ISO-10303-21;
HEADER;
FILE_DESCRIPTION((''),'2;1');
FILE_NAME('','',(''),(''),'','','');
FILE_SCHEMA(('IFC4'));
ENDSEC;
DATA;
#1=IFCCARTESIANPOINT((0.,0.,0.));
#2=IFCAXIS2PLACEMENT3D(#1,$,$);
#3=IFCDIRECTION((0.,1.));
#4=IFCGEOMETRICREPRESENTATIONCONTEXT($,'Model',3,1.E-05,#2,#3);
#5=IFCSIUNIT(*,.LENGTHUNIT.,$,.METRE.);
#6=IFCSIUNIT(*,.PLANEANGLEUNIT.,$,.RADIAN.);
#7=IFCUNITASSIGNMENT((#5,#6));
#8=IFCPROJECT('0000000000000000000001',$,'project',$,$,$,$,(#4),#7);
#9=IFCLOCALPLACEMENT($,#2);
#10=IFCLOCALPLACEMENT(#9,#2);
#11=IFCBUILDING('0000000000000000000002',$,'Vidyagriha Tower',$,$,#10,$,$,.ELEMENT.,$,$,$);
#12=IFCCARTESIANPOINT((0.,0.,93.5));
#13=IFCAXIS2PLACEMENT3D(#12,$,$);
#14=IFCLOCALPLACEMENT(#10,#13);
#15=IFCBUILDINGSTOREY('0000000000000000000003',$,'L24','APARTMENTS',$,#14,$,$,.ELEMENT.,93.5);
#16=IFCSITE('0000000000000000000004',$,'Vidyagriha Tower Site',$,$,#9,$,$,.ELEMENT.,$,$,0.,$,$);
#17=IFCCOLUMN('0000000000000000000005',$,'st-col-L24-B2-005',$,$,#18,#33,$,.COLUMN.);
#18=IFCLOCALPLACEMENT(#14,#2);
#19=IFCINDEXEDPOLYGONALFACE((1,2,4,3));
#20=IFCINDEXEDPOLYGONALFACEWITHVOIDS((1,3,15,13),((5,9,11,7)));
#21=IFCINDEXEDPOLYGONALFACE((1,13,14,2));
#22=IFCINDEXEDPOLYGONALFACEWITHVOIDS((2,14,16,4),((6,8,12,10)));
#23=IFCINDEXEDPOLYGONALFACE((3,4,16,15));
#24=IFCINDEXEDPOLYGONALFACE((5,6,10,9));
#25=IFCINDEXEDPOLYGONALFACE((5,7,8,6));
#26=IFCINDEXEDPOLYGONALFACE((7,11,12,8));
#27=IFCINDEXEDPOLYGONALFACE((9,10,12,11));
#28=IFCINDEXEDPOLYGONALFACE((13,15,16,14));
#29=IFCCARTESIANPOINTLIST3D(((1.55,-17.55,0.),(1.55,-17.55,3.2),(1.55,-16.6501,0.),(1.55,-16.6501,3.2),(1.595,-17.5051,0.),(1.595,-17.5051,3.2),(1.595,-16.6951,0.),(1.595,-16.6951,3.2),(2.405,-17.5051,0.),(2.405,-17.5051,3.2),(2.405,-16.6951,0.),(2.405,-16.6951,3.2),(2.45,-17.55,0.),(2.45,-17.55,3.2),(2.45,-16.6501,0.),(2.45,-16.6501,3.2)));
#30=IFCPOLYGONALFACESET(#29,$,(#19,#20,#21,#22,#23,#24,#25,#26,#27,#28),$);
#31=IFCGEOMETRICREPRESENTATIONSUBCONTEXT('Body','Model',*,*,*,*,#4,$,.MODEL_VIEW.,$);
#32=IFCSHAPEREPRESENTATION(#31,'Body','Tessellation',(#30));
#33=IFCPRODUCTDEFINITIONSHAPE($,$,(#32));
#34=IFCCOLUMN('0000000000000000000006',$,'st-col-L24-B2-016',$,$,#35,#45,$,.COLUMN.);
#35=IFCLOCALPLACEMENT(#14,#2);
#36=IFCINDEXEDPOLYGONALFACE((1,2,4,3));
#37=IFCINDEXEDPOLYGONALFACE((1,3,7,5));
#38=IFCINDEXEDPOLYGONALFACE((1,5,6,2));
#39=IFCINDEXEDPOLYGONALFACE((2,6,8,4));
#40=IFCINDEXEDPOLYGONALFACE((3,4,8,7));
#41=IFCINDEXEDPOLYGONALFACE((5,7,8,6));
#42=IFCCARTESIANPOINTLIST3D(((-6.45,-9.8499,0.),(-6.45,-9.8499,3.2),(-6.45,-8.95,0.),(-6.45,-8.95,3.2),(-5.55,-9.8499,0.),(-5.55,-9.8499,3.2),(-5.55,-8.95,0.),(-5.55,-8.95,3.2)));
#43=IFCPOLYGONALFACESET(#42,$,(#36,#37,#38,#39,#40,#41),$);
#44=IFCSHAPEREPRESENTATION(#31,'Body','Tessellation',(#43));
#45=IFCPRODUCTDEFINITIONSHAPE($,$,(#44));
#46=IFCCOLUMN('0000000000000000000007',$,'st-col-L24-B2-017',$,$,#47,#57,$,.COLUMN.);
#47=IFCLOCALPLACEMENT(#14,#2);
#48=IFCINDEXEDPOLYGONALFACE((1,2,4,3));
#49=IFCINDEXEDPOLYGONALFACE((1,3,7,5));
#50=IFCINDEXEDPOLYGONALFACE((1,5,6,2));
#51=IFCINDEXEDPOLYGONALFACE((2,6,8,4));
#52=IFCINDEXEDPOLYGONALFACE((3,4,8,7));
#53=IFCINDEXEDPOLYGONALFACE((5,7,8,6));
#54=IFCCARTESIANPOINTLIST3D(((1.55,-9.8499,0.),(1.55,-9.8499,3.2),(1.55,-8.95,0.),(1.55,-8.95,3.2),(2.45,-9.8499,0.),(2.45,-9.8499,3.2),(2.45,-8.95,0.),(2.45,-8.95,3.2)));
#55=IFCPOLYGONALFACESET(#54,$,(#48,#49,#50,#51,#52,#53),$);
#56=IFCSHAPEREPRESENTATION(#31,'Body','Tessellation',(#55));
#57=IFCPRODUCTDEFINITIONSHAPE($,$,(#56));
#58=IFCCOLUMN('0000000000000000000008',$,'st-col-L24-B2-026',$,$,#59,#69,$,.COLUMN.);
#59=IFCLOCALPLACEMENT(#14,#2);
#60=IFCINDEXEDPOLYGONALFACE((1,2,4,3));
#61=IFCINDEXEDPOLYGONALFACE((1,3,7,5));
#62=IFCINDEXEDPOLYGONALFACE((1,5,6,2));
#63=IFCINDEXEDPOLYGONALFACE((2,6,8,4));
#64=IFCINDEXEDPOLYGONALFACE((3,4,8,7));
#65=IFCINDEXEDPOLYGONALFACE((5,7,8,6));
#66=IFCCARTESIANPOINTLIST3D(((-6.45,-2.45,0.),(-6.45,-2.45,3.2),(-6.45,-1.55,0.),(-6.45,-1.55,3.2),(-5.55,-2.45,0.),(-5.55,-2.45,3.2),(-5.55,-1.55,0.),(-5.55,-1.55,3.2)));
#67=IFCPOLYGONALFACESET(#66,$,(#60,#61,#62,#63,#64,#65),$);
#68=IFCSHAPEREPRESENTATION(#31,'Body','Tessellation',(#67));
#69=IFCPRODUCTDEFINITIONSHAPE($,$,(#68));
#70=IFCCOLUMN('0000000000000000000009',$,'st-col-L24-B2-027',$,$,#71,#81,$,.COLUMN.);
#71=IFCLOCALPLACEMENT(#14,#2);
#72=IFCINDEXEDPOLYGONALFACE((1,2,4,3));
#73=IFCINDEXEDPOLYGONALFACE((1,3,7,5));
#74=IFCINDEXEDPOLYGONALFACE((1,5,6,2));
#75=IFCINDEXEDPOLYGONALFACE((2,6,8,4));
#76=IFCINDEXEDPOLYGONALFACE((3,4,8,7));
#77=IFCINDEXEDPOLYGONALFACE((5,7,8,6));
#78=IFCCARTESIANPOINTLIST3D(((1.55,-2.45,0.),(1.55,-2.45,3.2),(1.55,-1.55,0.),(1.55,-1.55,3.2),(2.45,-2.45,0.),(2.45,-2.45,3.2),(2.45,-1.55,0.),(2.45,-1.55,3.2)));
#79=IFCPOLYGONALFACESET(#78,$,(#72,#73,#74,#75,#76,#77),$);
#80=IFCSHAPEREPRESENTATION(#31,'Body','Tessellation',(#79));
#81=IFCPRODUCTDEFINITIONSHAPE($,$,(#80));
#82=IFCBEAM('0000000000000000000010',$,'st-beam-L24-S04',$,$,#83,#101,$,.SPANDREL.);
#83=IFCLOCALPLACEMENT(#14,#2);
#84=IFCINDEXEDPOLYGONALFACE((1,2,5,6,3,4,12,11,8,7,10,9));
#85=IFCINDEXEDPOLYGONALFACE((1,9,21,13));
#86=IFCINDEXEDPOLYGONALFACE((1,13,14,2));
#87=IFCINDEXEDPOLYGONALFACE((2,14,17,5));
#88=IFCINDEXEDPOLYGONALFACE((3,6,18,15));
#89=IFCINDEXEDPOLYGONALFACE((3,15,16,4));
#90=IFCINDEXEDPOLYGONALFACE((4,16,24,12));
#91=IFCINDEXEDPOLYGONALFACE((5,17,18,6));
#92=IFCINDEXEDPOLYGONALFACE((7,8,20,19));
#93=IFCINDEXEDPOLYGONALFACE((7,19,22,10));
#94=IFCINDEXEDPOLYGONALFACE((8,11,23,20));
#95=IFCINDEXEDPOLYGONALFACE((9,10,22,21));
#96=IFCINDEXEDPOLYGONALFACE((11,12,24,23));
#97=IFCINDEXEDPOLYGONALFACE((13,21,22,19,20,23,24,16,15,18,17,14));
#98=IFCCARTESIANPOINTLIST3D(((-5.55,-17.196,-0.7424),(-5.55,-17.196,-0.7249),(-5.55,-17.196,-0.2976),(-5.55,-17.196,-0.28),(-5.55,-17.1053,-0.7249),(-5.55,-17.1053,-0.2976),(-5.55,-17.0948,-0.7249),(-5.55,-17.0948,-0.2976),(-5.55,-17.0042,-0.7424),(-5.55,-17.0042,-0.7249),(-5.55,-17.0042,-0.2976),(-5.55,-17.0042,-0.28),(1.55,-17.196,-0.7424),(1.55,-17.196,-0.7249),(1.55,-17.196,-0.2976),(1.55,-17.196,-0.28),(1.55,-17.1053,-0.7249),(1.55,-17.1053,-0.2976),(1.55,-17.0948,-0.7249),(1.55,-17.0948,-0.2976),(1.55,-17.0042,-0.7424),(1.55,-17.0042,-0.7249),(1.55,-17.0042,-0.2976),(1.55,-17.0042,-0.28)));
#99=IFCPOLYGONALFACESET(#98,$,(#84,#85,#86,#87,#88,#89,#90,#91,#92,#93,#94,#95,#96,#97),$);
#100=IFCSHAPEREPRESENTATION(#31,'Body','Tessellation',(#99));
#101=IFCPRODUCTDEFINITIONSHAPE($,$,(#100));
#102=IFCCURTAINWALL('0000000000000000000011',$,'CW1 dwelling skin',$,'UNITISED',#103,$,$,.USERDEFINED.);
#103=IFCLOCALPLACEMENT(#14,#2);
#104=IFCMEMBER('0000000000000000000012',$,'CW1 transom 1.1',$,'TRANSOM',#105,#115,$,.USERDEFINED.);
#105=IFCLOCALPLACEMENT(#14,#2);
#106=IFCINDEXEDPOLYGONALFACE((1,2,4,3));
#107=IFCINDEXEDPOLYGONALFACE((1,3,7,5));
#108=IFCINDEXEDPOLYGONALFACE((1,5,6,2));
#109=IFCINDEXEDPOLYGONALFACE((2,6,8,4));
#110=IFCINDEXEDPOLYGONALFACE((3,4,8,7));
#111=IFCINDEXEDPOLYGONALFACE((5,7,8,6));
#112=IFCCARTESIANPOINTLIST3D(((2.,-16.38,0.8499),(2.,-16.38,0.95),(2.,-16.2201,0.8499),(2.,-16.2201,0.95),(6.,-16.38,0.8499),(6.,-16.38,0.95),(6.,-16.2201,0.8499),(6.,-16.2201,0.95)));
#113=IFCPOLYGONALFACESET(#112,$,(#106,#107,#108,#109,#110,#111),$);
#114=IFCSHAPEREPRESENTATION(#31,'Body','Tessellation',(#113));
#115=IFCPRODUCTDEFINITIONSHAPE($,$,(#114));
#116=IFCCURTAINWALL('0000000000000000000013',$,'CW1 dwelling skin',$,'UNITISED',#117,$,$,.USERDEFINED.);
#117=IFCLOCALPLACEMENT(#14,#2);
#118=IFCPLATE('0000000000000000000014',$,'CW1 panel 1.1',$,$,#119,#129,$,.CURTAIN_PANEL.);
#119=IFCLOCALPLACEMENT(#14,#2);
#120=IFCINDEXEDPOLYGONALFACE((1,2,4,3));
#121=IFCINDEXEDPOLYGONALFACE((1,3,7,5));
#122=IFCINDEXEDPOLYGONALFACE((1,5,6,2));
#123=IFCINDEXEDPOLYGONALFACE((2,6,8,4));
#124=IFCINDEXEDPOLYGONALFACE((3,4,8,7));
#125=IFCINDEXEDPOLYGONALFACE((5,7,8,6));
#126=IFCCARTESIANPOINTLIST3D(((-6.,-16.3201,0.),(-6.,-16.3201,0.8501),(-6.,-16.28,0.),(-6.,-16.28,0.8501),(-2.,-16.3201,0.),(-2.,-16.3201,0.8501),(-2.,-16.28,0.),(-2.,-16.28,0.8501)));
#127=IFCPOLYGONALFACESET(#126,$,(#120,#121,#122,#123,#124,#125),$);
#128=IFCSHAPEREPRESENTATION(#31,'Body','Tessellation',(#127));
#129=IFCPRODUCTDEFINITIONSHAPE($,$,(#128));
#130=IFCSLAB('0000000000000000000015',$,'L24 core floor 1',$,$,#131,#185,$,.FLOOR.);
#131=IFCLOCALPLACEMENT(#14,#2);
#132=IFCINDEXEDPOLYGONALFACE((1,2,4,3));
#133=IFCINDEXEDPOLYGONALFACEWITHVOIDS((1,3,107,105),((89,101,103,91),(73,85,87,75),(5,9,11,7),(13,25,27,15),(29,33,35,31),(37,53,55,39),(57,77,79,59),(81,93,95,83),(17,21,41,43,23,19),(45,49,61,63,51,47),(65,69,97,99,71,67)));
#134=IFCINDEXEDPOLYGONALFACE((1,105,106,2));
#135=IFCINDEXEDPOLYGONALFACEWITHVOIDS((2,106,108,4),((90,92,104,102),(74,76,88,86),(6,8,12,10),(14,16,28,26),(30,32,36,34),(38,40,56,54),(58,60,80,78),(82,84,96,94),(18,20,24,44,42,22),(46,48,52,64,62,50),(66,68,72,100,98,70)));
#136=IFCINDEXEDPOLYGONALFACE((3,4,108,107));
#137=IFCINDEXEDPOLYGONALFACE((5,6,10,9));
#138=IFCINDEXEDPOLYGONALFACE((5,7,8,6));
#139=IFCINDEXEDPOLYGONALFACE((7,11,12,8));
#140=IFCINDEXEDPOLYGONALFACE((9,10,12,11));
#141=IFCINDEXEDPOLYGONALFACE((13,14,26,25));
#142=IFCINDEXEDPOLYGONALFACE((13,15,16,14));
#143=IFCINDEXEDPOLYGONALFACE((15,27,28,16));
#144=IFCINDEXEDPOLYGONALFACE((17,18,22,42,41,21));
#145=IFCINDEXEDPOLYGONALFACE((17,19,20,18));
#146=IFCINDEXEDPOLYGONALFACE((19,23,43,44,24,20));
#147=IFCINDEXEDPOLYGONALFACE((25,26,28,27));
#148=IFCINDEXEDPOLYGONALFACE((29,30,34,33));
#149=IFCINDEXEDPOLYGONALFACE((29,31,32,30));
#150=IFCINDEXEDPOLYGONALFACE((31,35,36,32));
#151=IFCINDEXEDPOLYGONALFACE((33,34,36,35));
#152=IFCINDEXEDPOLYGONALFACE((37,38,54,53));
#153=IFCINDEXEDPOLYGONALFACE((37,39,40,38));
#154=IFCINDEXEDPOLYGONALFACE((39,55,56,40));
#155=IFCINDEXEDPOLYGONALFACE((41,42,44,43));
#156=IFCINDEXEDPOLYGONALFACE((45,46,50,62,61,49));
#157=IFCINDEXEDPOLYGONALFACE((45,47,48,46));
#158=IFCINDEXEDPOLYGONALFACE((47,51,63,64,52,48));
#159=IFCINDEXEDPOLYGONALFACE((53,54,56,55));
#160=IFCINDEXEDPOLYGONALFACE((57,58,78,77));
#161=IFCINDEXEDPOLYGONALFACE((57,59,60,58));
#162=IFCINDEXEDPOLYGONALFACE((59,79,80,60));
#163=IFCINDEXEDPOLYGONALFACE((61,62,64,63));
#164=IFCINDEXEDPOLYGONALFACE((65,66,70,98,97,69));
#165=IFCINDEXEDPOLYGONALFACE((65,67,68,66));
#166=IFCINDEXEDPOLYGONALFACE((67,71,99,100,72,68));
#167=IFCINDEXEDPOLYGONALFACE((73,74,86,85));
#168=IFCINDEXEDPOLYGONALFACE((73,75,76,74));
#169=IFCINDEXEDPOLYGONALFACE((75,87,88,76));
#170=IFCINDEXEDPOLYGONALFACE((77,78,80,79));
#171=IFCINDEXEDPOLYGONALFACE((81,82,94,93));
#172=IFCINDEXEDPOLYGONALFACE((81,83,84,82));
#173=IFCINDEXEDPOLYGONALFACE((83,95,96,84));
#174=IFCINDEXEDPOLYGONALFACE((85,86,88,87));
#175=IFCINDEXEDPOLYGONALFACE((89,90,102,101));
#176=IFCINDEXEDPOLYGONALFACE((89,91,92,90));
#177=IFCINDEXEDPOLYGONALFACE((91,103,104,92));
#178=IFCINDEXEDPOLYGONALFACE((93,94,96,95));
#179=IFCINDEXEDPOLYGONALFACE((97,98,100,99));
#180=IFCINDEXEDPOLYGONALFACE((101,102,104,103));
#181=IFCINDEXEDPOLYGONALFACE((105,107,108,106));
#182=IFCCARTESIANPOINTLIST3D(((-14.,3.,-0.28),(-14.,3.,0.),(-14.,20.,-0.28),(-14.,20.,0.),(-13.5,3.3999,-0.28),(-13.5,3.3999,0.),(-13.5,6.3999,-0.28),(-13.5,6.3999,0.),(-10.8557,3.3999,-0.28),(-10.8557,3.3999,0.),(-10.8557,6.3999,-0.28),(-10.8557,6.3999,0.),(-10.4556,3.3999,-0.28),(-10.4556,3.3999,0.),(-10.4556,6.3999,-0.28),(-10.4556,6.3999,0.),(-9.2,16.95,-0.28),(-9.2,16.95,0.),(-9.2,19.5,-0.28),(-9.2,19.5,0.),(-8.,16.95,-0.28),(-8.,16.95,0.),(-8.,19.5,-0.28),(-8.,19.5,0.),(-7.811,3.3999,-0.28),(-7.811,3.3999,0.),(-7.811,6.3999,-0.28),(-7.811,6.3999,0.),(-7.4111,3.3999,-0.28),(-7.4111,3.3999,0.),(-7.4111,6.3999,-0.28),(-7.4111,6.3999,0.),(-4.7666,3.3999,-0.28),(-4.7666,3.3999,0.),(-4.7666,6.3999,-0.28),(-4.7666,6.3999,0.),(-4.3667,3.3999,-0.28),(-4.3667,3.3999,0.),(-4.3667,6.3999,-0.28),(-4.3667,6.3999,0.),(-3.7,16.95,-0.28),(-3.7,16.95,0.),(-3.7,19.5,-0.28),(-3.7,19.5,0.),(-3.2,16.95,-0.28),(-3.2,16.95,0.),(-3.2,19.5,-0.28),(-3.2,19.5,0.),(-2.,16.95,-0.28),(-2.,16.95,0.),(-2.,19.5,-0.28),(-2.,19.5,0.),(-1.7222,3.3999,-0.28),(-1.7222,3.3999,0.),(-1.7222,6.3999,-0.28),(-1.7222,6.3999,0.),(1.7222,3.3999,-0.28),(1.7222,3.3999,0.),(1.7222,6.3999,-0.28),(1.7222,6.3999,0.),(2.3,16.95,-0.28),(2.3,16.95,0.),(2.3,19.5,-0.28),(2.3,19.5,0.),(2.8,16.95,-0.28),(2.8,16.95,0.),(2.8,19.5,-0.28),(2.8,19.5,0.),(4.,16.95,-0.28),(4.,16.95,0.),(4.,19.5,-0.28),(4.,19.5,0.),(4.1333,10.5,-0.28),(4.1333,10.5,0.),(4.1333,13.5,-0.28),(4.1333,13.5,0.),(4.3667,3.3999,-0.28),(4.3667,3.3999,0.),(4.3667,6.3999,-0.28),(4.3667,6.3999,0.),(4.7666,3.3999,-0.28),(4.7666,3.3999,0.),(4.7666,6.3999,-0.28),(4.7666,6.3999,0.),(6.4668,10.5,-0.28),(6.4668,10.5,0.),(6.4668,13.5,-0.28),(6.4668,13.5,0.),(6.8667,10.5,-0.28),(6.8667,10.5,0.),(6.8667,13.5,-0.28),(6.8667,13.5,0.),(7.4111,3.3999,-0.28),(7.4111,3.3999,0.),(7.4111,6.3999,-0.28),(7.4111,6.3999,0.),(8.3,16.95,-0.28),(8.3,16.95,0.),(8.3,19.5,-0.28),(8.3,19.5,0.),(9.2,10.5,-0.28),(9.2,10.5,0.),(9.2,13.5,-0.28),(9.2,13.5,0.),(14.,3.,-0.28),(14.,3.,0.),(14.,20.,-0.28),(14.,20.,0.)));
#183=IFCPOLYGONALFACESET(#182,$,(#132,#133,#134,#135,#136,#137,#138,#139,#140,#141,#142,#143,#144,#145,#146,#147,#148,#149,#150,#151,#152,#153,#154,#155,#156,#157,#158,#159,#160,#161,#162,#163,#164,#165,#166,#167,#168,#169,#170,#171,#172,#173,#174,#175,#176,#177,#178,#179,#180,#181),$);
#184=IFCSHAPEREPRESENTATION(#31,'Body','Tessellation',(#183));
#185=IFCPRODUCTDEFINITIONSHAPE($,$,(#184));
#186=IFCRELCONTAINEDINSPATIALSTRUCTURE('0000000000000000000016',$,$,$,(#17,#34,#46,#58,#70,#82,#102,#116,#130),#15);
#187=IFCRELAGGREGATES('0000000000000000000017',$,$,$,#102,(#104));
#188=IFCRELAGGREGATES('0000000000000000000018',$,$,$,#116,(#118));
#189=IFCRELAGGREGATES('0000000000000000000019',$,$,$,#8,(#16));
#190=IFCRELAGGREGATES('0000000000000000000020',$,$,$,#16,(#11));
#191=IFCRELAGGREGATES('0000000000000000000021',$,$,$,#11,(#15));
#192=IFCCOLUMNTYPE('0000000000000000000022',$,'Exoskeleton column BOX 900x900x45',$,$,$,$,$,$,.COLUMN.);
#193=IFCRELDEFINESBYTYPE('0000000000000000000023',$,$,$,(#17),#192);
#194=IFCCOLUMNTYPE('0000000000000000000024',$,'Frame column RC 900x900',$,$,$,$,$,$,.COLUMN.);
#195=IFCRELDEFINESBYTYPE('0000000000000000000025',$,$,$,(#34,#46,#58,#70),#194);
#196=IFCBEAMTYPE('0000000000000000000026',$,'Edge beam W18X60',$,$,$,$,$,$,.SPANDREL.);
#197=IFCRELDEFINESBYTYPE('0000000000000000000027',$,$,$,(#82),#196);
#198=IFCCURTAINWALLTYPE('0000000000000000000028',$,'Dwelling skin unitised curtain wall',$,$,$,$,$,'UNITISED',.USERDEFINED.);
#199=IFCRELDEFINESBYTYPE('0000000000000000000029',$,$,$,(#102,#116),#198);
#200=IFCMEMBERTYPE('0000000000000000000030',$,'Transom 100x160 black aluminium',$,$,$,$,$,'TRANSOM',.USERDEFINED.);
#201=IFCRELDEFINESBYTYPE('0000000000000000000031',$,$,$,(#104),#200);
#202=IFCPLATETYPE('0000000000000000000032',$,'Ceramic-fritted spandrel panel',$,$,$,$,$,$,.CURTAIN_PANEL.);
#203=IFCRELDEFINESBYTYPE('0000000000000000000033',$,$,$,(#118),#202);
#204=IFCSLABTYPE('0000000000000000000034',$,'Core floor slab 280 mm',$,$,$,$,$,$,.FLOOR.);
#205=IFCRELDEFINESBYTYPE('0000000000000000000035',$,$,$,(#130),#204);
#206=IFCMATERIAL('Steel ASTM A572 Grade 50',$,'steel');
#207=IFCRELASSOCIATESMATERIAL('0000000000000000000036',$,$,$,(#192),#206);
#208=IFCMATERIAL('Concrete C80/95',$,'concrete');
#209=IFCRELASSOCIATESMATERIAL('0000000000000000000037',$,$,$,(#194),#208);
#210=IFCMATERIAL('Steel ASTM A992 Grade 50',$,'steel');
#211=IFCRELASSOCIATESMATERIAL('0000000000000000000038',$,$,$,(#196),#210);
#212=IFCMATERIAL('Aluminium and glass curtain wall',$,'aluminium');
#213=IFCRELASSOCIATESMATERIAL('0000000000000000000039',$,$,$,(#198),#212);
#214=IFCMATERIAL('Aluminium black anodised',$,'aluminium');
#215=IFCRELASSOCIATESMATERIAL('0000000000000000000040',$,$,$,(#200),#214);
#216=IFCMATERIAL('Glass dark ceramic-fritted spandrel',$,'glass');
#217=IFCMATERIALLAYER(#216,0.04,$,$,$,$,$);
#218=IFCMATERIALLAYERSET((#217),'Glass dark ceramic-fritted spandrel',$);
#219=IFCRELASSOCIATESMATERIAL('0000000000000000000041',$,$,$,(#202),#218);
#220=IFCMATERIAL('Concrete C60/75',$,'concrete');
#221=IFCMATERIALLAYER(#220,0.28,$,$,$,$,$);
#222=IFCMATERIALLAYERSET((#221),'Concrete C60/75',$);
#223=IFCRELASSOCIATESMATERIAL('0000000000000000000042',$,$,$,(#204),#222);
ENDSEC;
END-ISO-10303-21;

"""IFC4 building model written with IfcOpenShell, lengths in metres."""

from ifc_helpers import new_model, si_unit, direction, frame, origin, origin_2d, place, context, subcontext, project, spatial, polyline, rectangle, hollow_rectangle, i_section, outline, extrude, material, layer, layer_set, material_profile, profile_set, type_object, element, aggregate, save


model = new_model("IFC4")

# Units and contexts
model_context = context("Model", 3, precision=1e-05, world=origin(), true_north=direction((0.0, 1.0)))
body_context = subcontext(model_context, "Body", "Model", "MODEL_VIEW")
ifc_project = project(units=[si_unit("LENGTHUNIT", "METRE"), si_unit("PLANEANGLEUNIT", "RADIAN")], contexts=[model_context])

# Site, building, storey
site_placement = place(None, origin())
site = spatial("IfcSite", under=ifc_project, at=site_placement, Name="Vidyagriha Tower Site", CompositionType="ELEMENT", RefElevation=0.0)
building_placement = place(site_placement, origin())
building = spatial("IfcBuilding", under=site, at=building_placement, Name="Vidyagriha Tower", CompositionType="ELEMENT")
storey_placement = place(building_placement, frame((0.0, 0.0, 93.5)))
storey = spatial("IfcBuildingStorey", under=building, at=storey_placement, Name="L24", Description="APARTMENTS", CompositionType="ELEMENT", Elevation=93.5)

# Columns
ifc_material_1 = material(Name="Steel ASTM A572 Grade 50", Category="steel")
ifc_material_profile_1 = material_profile(ifc_material_1, hollow_rectangle(XDim=0.8999, YDim=0.8999, WallThickness=0.0449, at=origin_2d()), Name="BOX 900x900x45")
ifc_profile_set_1 = profile_set([ifc_material_profile_1], Name="Steel ASTM A572 Grade 50")
column_type_1 = type_object("IfcColumnType", Name="Exoskeleton column BOX 900x900x45", PredefinedType="COLUMN", material=ifc_profile_set_1)
column_placement = place(storey_placement, frame((2.0, -17.1001, 0.0)))
element("IfcColumn", 1, at=column_placement, inside=storey, type_object=column_type_1, Name="st-col-L24-B2-005", PredefinedType="COLUMN", context=body_context, shape_type="SweptSolid", body=[
    extrude(hollow_rectangle(XDim=0.8999, YDim=0.8999, WallThickness=0.0449, at=origin_2d()), origin(), (0.0, 0.0, 1.0), 3.2),
])
ifc_material_2 = material(Name="Concrete C80/95", Category="concrete")
ifc_material_profile_2 = material_profile(ifc_material_2, rectangle(XDim=0.8999, YDim=0.8999, at=origin_2d()), Name="RC 900x900")
ifc_profile_set_2 = profile_set([ifc_material_profile_2], Name="Concrete C80/95")
column_type_2 = type_object("IfcColumnType", Name="Frame column RC 900x900", PredefinedType="COLUMN", material=ifc_profile_set_2)
for number, where, name in (
    (2, (-6.0, -9.3999, 0.0), "st-col-L24-B2-016"),
    (3, (2.0, -9.3999, 0.0), "st-col-L24-B2-017"),
    (4, (-6.0, -2.0, 0.0), "st-col-L24-B2-026"),
    (5, (2.0, -2.0, 0.0), "st-col-L24-B2-027"),
):
    element("IfcColumn", number, at=place(storey_placement, frame(where)), inside=storey, type_object=column_type_2, Name=name, PredefinedType="COLUMN", context=body_context, shape_type="SweptSolid", body=[
        extrude(rectangle(XDim=0.8999, YDim=0.8999, at=origin_2d()), origin(), (0.0, 0.0, 1.0), 3.2),
    ])

# Beam
ifc_material_3 = material(Name="Steel ASTM A992 Grade 50", Category="steel")
ifc_material_profile_3 = material_profile(ifc_material_3, i_section(OverallWidth=0.1919, OverallDepth=0.4624, WebThickness=0.0105, FlangeThickness=0.0176, at=origin_2d()), Name="W18X60")
ifc_profile_set_3 = profile_set([ifc_material_profile_3], Name="Steel ASTM A992 Grade 50")
beam_type = type_object("IfcBeamType", Name="Edge beam W18X60", PredefinedType="SPANDREL", material=ifc_profile_set_3)
beam_placement = place(storey_placement, frame((-5.55, -17.1001, -0.5112), z_axis=(1.0, 0.0, 0.0), x_axis=(0.0, 1.0, 0.0)))
element("IfcBeam", 6, at=beam_placement, inside=storey, type_object=beam_type, Name="st-beam-L24-S04", PredefinedType="SPANDREL", context=body_context, shape_type="SweptSolid", body=[
    extrude(i_section(OverallWidth=0.1919, OverallDepth=0.4624, WebThickness=0.0105, FlangeThickness=0.0176, at=origin_2d()), origin(), (0.0, 0.0, 1.0), 7.1001),
])

# Curtain wall, member
ifc_material_4 = material(Name="Aluminium and glass curtain wall", Category="aluminium")
curtain_wall_type = type_object("IfcCurtainWallType", Name="Dwelling skin unitised curtain wall", ElementType="UNITISED", PredefinedType="USERDEFINED", material=ifc_material_4)
curtain_wall_1_placement = place(storey_placement, origin())
curtain_wall_1 = element("IfcCurtainWall", 7, at=curtain_wall_1_placement, inside=storey, type_object=curtain_wall_type, Name="CW1 dwelling skin", ObjectType="UNITISED", PredefinedType="USERDEFINED")
ifc_material_5 = material(Name="Aluminium black anodised", Category="aluminium")
ifc_material_profile_4 = material_profile(ifc_material_5, rectangle(XDim=0.1599, YDim=0.1001, at=origin_2d()), Name="Transom 100x160 black aluminium")
ifc_profile_set_4 = profile_set([ifc_material_profile_4], Name="Aluminium black anodised")
member_type = type_object("IfcMemberType", Name="Transom 100x160 black aluminium", ElementType="TRANSOM", PredefinedType="USERDEFINED", material=ifc_profile_set_4)
member_placement = place(storey_placement, frame((2.0, -16.3, 0.8999), z_axis=(1.0, 0.0, 0.0), x_axis=(0.0, 1.0, 0.0)))
member = element("IfcMember", 8, at=member_placement, type_object=member_type, Name="CW1 transom 1.1", ObjectType="TRANSOM", PredefinedType="USERDEFINED", context=body_context, shape_type="SweptSolid", body=[
    extrude(rectangle(XDim=0.1599, YDim=0.1001, at=origin_2d()), origin(), (0.0, 0.0, 1.0), 4.0),
])
aggregate(curtain_wall_1, [member])

# Curtain wall, plate
curtain_wall_2_placement = place(storey_placement, origin())
curtain_wall_2 = element("IfcCurtainWall", 9, at=curtain_wall_2_placement, inside=storey, type_object=curtain_wall_type, Name="CW1 dwelling skin", ObjectType="UNITISED", PredefinedType="USERDEFINED")
ifc_material_6 = material(Name="Glass dark ceramic-fritted spandrel", Category="glass")
ifc_layer_1 = layer(ifc_material_6, 0.04)
ifc_layer_set_1 = layer_set([ifc_layer_1], Name="Glass dark ceramic-fritted spandrel")
plate_type_1 = type_object("IfcPlateType", Name="Ceramic-fritted spandrel panel", PredefinedType="CURTAIN_PANEL", material=ifc_layer_set_1)
plate_1_placement = place(storey_placement, frame((-4.0, -16.3, 0.0)))
plate_1 = element("IfcPlate", 10, at=plate_1_placement, type_object=plate_type_1, Name="CW1 panel 1.1", PredefinedType="CURTAIN_PANEL", context=body_context, shape_type="SweptSolid", body=[
    extrude(rectangle(XDim=4.0, YDim=0.04, at=origin_2d()), origin(), (0.0, 0.0, 1.0), 0.8501),
])

# Slab
ifc_material_7 = material(Name="Concrete C60/75", Category="concrete")
ifc_layer_2 = layer(ifc_material_7, 0.28)
ifc_layer_set_2 = layer_set([ifc_layer_2], Name="Concrete C60/75")
slab_type_1 = type_object("IfcSlabType", Name="Core floor slab 280 mm", PredefinedType="FLOOR", material=ifc_layer_set_2)
slab_1_placement = place(storey_placement, frame((0.0, 0.0, -0.28)))
element("IfcSlab", 11, at=slab_1_placement, inside=storey, type_object=slab_type_1, Name="L24 core floor 1", PredefinedType="FLOOR", context=body_context, shape_type="SweptSolid", body=[
    extrude(outline(polyline([(-14.0, 3.0), (-14.0, 20.0), (14.0, 20.0), (14.0, 3.0), (-14.0, 3.0)]), holes=[polyline([(9.2, 13.5), (6.8667, 13.5), (6.8667, 10.5), (9.2, 10.5), (9.2, 13.5)]), polyline([(4.0, 19.5), (2.8, 19.5), (2.8, 16.95), (4.0, 16.95), (8.3, 16.95), (8.3, 19.5), (4.0, 19.5)]), polyline([(7.4111, 6.3999), (4.7666, 6.3999), (4.7666, 3.3999), (7.4111, 3.3999), (7.4111, 6.3999)]), polyline([(6.4668, 13.5), (4.1333, 13.5), (4.1333, 10.5), (6.4668, 10.5), (6.4668, 13.5)]), polyline([(1.7222, 6.3999), (1.7222, 3.3999), (4.3667, 3.3999), (4.3667, 6.3999), (1.7222, 6.3999)]), polyline([(-2.0, 16.95), (2.3, 16.95), (2.3, 19.5), (-2.0, 19.5), (-3.2, 19.5), (-3.2, 16.95), (-2.0, 16.95)]), polyline([(-1.7222, 6.3999), (-4.3667, 6.3999), (-4.3667, 3.3999), (-1.7222, 3.3999), (-1.7222, 6.3999)]), polyline([(-8.0, 19.5), (-9.2, 19.5), (-9.2, 16.95), (-8.0, 16.95), (-3.7, 16.95), (-3.7, 19.5), (-8.0, 19.5)]), polyline([(-4.7666, 6.3999), (-7.4111, 6.3999), (-7.4111, 3.3999), (-4.7666, 3.3999), (-4.7666, 6.3999)]), polyline([(-7.811, 6.3999), (-10.4556, 6.3999), (-10.4556, 3.3999), (-7.811, 3.3999), (-7.811, 6.3999)]), polyline([(-13.5, 6.3999), (-13.5, 3.3999), (-10.8557, 3.3999), (-10.8557, 6.3999), (-13.5, 6.3999)])]), origin(), (0.0, 0.0, 1.0), 0.28),
])

aggregate(curtain_wall_2, [plate_1])

save(model, "model.ifc")
